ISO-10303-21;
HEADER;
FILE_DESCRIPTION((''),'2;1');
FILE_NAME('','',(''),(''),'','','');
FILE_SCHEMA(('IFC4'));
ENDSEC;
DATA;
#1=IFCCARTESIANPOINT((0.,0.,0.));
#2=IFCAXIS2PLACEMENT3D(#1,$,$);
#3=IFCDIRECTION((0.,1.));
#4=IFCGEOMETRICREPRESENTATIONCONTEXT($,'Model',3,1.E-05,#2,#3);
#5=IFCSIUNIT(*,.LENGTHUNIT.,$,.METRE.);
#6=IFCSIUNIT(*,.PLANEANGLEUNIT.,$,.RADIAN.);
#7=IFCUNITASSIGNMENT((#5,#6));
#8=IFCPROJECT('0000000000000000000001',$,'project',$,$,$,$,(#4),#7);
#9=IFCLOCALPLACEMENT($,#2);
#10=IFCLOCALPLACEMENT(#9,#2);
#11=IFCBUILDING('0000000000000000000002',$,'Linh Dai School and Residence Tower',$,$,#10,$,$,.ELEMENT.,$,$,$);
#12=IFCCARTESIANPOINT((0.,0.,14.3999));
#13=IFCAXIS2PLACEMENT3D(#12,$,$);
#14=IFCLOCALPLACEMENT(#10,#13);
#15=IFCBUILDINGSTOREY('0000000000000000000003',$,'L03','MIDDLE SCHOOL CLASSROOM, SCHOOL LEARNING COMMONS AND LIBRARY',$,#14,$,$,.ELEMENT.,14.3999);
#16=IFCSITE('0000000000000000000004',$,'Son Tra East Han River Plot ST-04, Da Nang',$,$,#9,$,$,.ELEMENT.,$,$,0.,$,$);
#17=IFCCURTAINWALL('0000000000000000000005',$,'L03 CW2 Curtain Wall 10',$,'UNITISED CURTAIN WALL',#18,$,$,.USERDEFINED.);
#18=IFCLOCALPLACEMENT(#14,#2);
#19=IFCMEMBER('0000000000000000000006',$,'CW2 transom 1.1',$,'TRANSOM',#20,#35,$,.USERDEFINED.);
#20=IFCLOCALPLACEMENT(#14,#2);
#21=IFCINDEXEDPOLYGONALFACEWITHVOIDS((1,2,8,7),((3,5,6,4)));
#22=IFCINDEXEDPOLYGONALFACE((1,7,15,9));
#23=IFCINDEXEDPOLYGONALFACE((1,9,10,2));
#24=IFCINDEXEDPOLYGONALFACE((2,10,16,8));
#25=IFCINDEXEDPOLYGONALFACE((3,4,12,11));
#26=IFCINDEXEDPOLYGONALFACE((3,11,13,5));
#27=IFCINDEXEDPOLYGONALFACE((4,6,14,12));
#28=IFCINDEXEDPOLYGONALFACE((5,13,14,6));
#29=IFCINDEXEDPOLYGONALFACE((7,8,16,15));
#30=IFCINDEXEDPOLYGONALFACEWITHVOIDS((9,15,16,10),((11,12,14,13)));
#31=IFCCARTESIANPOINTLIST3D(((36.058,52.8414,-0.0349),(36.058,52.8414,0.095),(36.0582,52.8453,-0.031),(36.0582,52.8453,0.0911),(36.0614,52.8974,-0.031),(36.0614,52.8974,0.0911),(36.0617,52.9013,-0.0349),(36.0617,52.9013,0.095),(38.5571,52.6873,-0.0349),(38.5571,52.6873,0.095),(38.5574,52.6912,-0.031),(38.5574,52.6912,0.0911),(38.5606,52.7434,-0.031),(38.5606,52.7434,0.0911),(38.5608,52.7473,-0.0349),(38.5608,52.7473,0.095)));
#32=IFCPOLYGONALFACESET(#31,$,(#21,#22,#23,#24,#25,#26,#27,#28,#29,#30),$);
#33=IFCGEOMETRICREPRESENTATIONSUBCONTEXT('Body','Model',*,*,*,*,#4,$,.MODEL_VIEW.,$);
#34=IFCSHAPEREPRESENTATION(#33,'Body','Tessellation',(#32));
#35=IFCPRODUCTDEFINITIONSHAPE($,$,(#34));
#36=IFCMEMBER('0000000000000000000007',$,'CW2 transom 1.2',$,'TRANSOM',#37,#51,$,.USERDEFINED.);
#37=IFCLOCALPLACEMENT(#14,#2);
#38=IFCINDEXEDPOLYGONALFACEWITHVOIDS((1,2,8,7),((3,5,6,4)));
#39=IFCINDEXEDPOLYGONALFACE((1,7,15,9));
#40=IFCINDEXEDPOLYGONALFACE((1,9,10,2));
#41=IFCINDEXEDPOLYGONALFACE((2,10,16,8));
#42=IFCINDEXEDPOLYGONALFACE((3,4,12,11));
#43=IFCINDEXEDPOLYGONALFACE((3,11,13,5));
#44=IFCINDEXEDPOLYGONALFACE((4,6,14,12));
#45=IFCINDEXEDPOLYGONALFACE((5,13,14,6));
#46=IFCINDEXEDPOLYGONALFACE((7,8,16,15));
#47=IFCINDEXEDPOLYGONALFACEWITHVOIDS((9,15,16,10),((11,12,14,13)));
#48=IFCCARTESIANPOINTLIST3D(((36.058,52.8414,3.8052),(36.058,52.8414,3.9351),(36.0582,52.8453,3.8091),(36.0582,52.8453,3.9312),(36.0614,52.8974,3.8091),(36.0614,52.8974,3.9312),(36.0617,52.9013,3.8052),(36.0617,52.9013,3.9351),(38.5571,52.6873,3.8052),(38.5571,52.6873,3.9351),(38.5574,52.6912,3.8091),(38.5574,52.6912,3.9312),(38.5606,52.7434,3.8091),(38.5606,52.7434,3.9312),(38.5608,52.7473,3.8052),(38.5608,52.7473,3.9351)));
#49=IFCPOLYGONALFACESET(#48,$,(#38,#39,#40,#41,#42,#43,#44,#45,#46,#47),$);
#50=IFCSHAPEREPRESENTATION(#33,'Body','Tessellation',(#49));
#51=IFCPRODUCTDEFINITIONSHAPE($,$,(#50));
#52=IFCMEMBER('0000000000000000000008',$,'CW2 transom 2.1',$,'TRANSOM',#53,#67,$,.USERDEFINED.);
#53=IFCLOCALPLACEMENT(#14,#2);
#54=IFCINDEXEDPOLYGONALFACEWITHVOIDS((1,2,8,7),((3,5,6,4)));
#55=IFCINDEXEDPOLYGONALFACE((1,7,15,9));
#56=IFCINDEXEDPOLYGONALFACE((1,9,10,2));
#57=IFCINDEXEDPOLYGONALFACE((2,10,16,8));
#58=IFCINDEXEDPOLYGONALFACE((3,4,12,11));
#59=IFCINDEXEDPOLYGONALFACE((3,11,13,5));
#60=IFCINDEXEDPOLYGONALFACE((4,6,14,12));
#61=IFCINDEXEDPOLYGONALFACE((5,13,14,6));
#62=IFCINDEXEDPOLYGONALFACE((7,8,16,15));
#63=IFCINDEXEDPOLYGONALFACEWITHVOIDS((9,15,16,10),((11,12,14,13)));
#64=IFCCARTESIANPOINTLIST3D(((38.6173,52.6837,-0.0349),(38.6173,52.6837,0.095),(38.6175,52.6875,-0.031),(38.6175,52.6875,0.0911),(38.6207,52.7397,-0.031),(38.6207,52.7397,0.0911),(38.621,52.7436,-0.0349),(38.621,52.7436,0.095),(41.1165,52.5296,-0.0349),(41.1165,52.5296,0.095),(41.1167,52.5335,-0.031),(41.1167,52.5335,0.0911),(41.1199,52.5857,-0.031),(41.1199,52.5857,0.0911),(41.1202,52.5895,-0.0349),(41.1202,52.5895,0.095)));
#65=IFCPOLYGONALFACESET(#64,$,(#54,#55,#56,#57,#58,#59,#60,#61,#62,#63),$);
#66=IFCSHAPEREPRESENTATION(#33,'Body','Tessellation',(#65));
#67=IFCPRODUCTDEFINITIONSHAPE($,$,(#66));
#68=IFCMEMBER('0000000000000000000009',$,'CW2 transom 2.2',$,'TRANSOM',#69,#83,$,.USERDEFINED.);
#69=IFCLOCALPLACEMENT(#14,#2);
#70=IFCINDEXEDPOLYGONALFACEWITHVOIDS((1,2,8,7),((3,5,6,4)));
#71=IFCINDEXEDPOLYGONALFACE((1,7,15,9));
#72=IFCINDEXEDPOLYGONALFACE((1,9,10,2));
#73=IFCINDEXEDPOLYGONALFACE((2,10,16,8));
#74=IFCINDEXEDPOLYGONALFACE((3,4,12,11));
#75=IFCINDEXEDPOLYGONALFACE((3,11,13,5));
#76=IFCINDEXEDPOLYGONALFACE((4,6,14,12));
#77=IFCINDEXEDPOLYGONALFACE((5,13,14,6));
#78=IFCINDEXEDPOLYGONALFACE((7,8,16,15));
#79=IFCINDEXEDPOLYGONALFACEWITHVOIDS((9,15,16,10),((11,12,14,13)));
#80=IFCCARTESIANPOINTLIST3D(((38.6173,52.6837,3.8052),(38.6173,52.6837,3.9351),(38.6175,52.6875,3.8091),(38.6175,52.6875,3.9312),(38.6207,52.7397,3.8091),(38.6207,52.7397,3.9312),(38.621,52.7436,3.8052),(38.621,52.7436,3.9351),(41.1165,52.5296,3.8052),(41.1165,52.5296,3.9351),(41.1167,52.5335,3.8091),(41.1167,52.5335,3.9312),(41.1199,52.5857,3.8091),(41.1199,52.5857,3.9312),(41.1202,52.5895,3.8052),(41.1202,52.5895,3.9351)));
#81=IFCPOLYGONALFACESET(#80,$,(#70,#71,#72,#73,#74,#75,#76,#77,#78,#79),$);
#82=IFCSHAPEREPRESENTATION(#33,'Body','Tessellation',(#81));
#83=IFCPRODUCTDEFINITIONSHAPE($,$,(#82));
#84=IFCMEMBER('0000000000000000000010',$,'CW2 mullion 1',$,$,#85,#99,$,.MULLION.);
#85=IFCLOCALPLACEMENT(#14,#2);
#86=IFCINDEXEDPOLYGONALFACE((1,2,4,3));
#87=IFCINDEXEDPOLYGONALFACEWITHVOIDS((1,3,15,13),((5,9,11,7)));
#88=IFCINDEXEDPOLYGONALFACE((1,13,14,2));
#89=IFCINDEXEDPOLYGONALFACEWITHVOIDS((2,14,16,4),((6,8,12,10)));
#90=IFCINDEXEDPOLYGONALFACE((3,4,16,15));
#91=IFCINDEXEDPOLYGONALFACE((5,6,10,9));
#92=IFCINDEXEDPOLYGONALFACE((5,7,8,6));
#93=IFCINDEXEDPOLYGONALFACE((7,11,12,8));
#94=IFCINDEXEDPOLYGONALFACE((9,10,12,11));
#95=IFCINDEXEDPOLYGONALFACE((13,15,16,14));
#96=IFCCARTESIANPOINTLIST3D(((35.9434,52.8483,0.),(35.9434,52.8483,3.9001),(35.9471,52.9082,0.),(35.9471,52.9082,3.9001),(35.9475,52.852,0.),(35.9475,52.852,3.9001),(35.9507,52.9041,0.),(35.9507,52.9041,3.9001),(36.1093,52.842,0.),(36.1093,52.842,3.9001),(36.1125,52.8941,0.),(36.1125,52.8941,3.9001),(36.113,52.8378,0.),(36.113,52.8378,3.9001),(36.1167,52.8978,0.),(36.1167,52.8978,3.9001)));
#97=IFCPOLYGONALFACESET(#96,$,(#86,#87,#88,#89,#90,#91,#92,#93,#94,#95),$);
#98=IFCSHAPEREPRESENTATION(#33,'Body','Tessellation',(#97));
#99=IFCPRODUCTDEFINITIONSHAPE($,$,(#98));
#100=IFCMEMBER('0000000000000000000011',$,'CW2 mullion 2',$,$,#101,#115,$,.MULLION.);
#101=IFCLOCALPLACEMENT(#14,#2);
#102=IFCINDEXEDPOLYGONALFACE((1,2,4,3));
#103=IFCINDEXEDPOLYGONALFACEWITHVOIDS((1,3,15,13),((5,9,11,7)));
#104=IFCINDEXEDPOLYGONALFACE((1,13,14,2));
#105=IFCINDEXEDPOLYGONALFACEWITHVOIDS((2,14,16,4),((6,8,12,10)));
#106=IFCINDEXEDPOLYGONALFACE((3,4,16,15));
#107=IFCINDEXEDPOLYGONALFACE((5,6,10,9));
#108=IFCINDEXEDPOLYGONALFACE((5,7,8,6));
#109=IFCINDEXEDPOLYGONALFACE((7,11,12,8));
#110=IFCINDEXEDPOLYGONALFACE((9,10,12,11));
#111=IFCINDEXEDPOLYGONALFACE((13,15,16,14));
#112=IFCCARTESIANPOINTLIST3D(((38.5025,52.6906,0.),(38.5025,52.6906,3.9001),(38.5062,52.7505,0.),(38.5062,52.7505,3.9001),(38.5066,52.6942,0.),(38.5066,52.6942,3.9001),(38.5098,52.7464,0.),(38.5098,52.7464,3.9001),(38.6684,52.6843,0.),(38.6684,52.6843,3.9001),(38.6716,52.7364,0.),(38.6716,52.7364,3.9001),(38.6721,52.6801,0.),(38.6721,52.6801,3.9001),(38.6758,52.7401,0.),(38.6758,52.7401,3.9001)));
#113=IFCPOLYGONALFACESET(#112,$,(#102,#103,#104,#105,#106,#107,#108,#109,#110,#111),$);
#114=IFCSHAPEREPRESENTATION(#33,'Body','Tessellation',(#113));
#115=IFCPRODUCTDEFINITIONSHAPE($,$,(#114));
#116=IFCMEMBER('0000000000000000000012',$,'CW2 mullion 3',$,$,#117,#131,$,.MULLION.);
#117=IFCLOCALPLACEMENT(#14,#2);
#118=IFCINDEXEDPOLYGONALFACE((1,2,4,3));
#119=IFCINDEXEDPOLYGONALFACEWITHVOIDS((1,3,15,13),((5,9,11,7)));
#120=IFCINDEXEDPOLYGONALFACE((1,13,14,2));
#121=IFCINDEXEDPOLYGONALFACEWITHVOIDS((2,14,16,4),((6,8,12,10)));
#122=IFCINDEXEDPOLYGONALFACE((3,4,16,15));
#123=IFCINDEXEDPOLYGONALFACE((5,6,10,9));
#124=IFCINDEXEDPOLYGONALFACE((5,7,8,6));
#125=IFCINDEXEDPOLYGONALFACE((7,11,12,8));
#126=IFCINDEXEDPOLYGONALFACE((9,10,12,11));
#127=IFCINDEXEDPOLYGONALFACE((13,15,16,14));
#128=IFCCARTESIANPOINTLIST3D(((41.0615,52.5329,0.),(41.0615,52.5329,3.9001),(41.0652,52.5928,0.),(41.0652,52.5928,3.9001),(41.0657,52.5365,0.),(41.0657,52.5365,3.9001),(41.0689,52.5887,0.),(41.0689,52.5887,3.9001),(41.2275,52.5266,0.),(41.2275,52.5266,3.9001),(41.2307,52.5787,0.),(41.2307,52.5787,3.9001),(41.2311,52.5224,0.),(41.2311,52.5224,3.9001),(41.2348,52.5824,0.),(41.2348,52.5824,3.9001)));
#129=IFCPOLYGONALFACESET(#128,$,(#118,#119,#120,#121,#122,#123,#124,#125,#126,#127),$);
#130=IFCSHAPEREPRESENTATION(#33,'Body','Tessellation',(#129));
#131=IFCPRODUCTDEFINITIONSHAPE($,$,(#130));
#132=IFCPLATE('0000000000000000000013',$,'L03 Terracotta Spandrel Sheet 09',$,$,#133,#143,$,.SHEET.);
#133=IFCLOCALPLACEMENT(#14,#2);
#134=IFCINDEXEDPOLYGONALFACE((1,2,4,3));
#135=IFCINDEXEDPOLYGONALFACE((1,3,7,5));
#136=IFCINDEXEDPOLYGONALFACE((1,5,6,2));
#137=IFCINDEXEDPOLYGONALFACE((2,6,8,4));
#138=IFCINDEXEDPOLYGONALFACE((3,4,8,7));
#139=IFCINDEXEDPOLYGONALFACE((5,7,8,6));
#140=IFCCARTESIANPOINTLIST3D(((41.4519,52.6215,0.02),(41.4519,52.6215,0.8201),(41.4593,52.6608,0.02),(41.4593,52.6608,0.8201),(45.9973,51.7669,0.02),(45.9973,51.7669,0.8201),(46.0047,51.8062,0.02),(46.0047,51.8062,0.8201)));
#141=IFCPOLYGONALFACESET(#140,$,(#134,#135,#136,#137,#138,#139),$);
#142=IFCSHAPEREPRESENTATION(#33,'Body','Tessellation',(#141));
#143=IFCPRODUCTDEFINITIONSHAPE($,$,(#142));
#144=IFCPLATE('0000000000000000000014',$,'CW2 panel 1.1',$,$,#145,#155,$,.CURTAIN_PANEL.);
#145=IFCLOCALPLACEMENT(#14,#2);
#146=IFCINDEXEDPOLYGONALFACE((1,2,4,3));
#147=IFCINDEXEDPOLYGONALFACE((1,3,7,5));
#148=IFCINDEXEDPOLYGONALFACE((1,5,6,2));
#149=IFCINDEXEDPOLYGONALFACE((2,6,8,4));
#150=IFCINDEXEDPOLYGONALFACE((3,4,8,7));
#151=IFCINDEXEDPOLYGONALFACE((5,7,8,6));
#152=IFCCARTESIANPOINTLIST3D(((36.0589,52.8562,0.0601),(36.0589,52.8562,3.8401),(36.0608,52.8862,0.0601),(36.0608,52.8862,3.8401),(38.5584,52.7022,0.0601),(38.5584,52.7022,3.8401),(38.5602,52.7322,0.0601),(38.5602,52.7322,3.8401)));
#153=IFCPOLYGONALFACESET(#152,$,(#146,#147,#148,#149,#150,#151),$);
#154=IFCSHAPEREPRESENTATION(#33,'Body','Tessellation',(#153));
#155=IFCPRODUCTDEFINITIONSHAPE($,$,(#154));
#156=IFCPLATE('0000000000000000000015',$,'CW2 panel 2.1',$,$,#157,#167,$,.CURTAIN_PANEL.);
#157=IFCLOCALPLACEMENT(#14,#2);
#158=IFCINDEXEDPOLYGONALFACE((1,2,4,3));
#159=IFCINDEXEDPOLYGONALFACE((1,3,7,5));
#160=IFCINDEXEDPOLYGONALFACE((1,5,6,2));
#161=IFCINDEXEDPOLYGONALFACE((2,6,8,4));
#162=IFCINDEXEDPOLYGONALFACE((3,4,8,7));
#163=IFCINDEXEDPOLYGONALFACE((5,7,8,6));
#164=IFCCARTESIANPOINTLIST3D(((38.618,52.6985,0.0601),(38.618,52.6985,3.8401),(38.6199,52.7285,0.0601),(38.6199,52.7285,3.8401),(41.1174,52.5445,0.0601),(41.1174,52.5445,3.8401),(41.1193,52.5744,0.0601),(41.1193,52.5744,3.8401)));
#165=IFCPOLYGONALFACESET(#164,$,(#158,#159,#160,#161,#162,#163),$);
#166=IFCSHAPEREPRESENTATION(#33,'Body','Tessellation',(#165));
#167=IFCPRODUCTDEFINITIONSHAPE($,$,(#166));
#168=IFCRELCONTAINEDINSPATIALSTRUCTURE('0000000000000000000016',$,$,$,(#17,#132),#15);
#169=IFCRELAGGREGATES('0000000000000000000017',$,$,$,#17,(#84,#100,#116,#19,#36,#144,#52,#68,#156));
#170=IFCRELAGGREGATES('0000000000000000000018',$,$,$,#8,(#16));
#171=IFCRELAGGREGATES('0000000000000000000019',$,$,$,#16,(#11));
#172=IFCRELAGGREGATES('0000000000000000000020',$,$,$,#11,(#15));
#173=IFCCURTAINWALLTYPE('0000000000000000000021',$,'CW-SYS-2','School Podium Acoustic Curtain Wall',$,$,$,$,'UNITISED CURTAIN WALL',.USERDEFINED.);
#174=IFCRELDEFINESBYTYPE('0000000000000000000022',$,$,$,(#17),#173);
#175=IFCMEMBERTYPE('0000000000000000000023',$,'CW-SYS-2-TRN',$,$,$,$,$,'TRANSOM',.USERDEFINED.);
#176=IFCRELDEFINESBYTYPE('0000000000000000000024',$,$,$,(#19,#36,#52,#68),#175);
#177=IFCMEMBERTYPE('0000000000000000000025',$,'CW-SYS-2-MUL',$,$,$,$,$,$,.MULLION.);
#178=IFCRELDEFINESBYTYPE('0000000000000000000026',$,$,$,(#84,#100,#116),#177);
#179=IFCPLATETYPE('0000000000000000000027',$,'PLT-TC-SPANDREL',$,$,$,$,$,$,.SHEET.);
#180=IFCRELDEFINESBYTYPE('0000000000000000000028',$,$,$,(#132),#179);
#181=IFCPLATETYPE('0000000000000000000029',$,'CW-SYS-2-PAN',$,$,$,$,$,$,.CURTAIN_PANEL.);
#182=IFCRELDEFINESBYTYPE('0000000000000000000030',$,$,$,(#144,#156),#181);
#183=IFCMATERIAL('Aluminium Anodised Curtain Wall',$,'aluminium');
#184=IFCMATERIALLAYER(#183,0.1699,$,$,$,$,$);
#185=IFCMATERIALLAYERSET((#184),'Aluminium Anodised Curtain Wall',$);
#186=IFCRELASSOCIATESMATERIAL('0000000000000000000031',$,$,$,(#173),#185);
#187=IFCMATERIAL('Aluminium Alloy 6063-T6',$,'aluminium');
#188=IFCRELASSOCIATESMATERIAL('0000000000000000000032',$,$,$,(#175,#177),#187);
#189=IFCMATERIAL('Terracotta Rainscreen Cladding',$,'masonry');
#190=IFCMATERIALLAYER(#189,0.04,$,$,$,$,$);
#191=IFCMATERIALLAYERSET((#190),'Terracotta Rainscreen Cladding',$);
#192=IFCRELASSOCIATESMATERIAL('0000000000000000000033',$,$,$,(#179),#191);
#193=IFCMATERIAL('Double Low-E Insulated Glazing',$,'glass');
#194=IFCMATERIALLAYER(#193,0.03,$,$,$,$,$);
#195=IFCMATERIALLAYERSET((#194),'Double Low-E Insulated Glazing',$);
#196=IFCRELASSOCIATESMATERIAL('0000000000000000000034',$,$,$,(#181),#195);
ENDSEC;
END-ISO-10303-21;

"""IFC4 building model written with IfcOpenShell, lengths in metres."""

from ifc_helpers import new_model, si_unit, direction, frame, origin, origin_2d, place, context, subcontext, project, spatial, rectangle, hollow_rectangle, extrude, source, transform, mapped, material, layer, layer_set, material_profile, profile_set, type_object, element, aggregate, save


model = new_model("IFC4")

# Units and contexts
model_context = context("Model", 3, precision=1e-05, world=origin(), true_north=direction((0.0, 1.0)))
body_context = subcontext(model_context, "Body", "Model", "MODEL_VIEW")
ifc_project = project(units=[si_unit("LENGTHUNIT", "METRE"), si_unit("PLANEANGLEUNIT", "RADIAN")], contexts=[model_context])

# Site, building, storey
site_placement = place(None, origin())
site = spatial("IfcSite", under=ifc_project, at=site_placement, Name="Son Tra East Han River Plot ST-04, Da Nang", CompositionType="ELEMENT", RefElevation=0.0)
building_placement = place(site_placement, origin())
building = spatial("IfcBuilding", under=site, at=building_placement, Name="Linh Dai School and Residence Tower", CompositionType="ELEMENT")
storey_placement = place(building_placement, frame((0.0, 0.0, 14.3999)))
storey = spatial("IfcBuildingStorey", under=building, at=storey_placement, Name="L03", Description="MIDDLE SCHOOL CLASSROOM, SCHOOL LEARNING COMMONS AND LIBRARY", CompositionType="ELEMENT", Elevation=14.3999)

# Curtain wall, members
ifc_material_1 = material(Name="Aluminium Anodised Curtain Wall", Category="aluminium")
ifc_layer_1 = layer(ifc_material_1, 0.1699)
ifc_layer_set_1 = layer_set([ifc_layer_1], Name="Aluminium Anodised Curtain Wall")
curtain_wall_type = type_object("IfcCurtainWallType", Name="CW-SYS-2", Description="School Podium Acoustic Curtain Wall", ElementType="UNITISED CURTAIN WALL", PredefinedType="USERDEFINED", material=ifc_layer_set_1)
curtain_wall_placement = place(storey_placement, origin())
curtain_wall = element("IfcCurtainWall", 1, at=curtain_wall_placement, inside=storey, type_object=curtain_wall_type, Name="L03 CW2 Curtain Wall 10", ObjectType="UNITISED CURTAIN WALL", PredefinedType="USERDEFINED")
ifc_material_2 = material(Name="Aluminium Alloy 6063-T6", Category="aluminium")
ifc_material_profile_1 = material_profile(ifc_material_2, hollow_rectangle(XDim=0.0601, YDim=0.1299, WallThickness=0.0039, at=origin_2d()), Name="RHS 130x60x4")
ifc_profile_set_1 = profile_set([ifc_material_profile_1], Name="Aluminium Alloy 6063-T6")
member_type_1 = type_object("IfcMemberType", Name="CW-SYS-2-TRN", ElementType="TRANSOM", PredefinedType="USERDEFINED", material=ifc_profile_set_1)
shared_shape_1 = source(origin(), body_context, "Body", "SweptSolid", [
    extrude(hollow_rectangle(XDim=0.0601, YDim=0.1299, WallThickness=0.0039, at=origin_2d()), origin(), (0.0, 0.0, 1.0), 2.5039),
])
member_1_placement = place(storey_placement, frame((36.0598, 52.8713, 0.03), z_axis=(0.998106, -0.061522, 0.0), x_axis=(0.061522, 0.998106, 0.0)))
member_1 = element("IfcMember", 2, at=member_1_placement, type_object=member_type_1, Name="CW2 transom 1.1", ObjectType="TRANSOM", PredefinedType="USERDEFINED", context=body_context, shape_type="MappedRepresentation", body=[
    mapped(shared_shape_1, transform((0.0, 0.0, 0.0), x_axis=(1.0, 0.0, 0.0), y_axis=(0.0, 1.0, 0.0), z_axis=(0.0, 0.0, 1.0), scale=1.0)),
])
member_2_placement = place(storey_placement, frame((36.0598, 52.8713, 3.8701), z_axis=(0.998106, -0.061522, 0.0), x_axis=(0.061522, 0.998106, 0.0)))
member_2 = element("IfcMember", 3, at=member_2_placement, type_object=member_type_1, Name="CW2 transom 1.2", ObjectType="TRANSOM", PredefinedType="USERDEFINED", context=body_context, shape_type="MappedRepresentation", body=[
    mapped(shared_shape_1, transform((0.0, 0.0, 0.0), x_axis=(1.0, 0.0, 0.0), y_axis=(0.0, 1.0, 0.0), z_axis=(0.0, 0.0, 1.0), scale=1.0)),
])
member_3_placement = place(storey_placement, frame((38.6191, 52.7136, 0.03), z_axis=(0.998106, -0.061522, 0.0), x_axis=(0.061522, 0.998106, 0.0)))
member_3 = element("IfcMember", 4, at=member_3_placement, type_object=member_type_1, Name="CW2 transom 2.1", ObjectType="TRANSOM", PredefinedType="USERDEFINED", context=body_context, shape_type="MappedRepresentation", body=[
    mapped(shared_shape_1, transform((0.0, 0.0, 0.0), x_axis=(1.0, 0.0, 0.0), y_axis=(0.0, 1.0, 0.0), z_axis=(0.0, 0.0, 1.0), scale=1.0)),
])
member_4_placement = place(storey_placement, frame((38.6191, 52.7136, 3.8701), z_axis=(0.998106, -0.061522, 0.0), x_axis=(0.061522, 0.998106, 0.0)))
member_4 = element("IfcMember", 5, at=member_4_placement, type_object=member_type_1, Name="CW2 transom 2.2", ObjectType="TRANSOM", PredefinedType="USERDEFINED", context=body_context, shape_type="MappedRepresentation", body=[
    mapped(shared_shape_1, transform((0.0, 0.0, 0.0), x_axis=(1.0, 0.0, 0.0), y_axis=(0.0, 1.0, 0.0), z_axis=(0.0, 0.0, 1.0), scale=1.0)),
])
ifc_material_profile_2 = material_profile(ifc_material_2, hollow_rectangle(XDim=0.0601, YDim=0.1699, WallThickness=0.0039, at=origin_2d()), Name="RHS 170x60x4")
ifc_profile_set_2 = profile_set([ifc_material_profile_2], Name="Aluminium Alloy 6063-T6")
member_type_2 = type_object("IfcMemberType", Name="CW-SYS-2-MUL", PredefinedType="MULLION", material=ifc_profile_set_2)
shared_shape_2 = source(origin(), body_context, "Body", "SweptSolid", [
    extrude(hollow_rectangle(XDim=0.0601, YDim=0.1699, WallThickness=0.0039, at=origin_2d()), origin(), (0.0, 0.0, 1.0), 3.9001),
])
member_5_placement = place(storey_placement, frame((36.03, 52.873, 0.0), z_axis=(0.0, 0.0, 1.0), x_axis=(0.061516, 0.998106, 0.0)))
member_5 = element("IfcMember", 6, at=member_5_placement, type_object=member_type_2, Name="CW2 mullion 1", PredefinedType="MULLION", context=body_context, shape_type="MappedRepresentation", body=[
    mapped(shared_shape_2, transform((0.0, 0.0, 0.0), x_axis=(1.0, 0.0, 0.0), y_axis=(0.0, 1.0, 0.0), z_axis=(0.0, 0.0, 1.0), scale=1.0)),
])
member_6_placement = place(storey_placement, frame((38.5891, 52.7153, 0.0), z_axis=(0.0, 0.0, 1.0), x_axis=(0.061516, 0.998106, 0.0)))
member_6 = element("IfcMember", 7, at=member_6_placement, type_object=member_type_2, Name="CW2 mullion 2", PredefinedType="MULLION", context=body_context, shape_type="MappedRepresentation", body=[
    mapped(shared_shape_2, transform((0.0, 0.0, 0.0), x_axis=(1.0, 0.0, 0.0), y_axis=(0.0, 1.0, 0.0), z_axis=(0.0, 0.0, 1.0), scale=1.0)),
])
member_7_placement = place(storey_placement, frame((41.1482, 52.5576, 0.0), z_axis=(0.0, 0.0, 1.0), x_axis=(0.061516, 0.998106, 0.0)))
member_7 = element("IfcMember", 8, at=member_7_placement, type_object=member_type_2, Name="CW2 mullion 3", PredefinedType="MULLION", context=body_context, shape_type="MappedRepresentation", body=[
    mapped(shared_shape_2, transform((0.0, 0.0, 0.0), x_axis=(1.0, 0.0, 0.0), y_axis=(0.0, 1.0, 0.0), z_axis=(0.0, 0.0, 1.0), scale=1.0)),
])

# Plates
ifc_material_3 = material(Name="Terracotta Rainscreen Cladding", Category="masonry")
ifc_layer_2 = layer(ifc_material_3, 0.04)
ifc_layer_set_2 = layer_set([ifc_layer_2], Name="Terracotta Rainscreen Cladding")
plate_type_1 = type_object("IfcPlateType", Name="PLT-TC-SPANDREL", PredefinedType="SHEET", material=ifc_layer_set_2)
shared_shape_3 = source(origin(), body_context, "Body", "SweptSolid", [
    extrude(rectangle(XDim=4.625, YDim=0.04, at=origin_2d()), origin(), (0.0, 0.0, 1.0), 0.8),
])
plate_1_placement = place(storey_placement, frame((43.7283, 52.2139, 0.02), z_axis=(0.0, 0.0, 1.0), x_axis=(0.982781, -0.184775, 0.0)))
element("IfcPlate", 9, at=plate_1_placement, inside=storey, type_object=plate_type_1, Name="L03 Terracotta Spandrel Sheet 09", PredefinedType="SHEET", context=body_context, shape_type="MappedRepresentation", body=[
    mapped(shared_shape_3, transform((0.0, 0.0, 0.0), x_axis=(1.0, 0.0, 0.0), y_axis=(0.0, 1.0, 0.0), z_axis=(0.0, 0.0, 1.0), scale=1.0)),
])
ifc_material_4 = material(Name="Double Low-E Insulated Glazing", Category="glass")
ifc_layer_3 = layer(ifc_material_4, 0.03)
ifc_layer_set_3 = layer_set([ifc_layer_3], Name="Double Low-E Insulated Glazing")
plate_type_2 = type_object("IfcPlateType", Name="CW-SYS-2-PAN", PredefinedType="CURTAIN_PANEL", material=ifc_layer_set_3)
shared_shape_4 = source(origin(), body_context, "Body", "SweptSolid", [
    extrude(rectangle(XDim=2.5042, YDim=0.03, at=origin_2d()), origin(), (0.0, 0.0, 1.0), 3.78),
])
plate_2_placement = place(storey_placement, frame((37.3096, 52.7942, 0.0601), z_axis=(0.0, 0.0, 1.0), x_axis=(0.998106, -0.061516, 0.0)))
plate_2 = element("IfcPlate", 10, at=plate_2_placement, type_object=plate_type_2, Name="CW2 panel 1.1", PredefinedType="CURTAIN_PANEL", context=body_context, shape_type="MappedRepresentation", body=[
    mapped(shared_shape_4, transform((0.0, 0.0, 0.0), x_axis=(1.0, 0.0, 0.0), y_axis=(0.0, 1.0, 0.0), z_axis=(0.0, 0.0, 1.0), scale=1.0)),
])
plate_3_placement = place(storey_placement, frame((39.8687, 52.6365, 0.0601), z_axis=(0.0, 0.0, 1.0), x_axis=(0.998106, -0.061516, 0.0)))
plate_3 = element("IfcPlate", 11, at=plate_3_placement, type_object=plate_type_2, Name="CW2 panel 2.1", PredefinedType="CURTAIN_PANEL", context=body_context, shape_type="MappedRepresentation", body=[
    mapped(shared_shape_4, transform((0.0, 0.0, 0.0), x_axis=(1.0, 0.0, 0.0), y_axis=(0.0, 1.0, 0.0), z_axis=(0.0, 0.0, 1.0), scale=1.0)),
])
aggregate(curtain_wall, [member_5, member_6, member_7, member_1, member_2, plate_2, member_3, member_4, plate_3])

save(model, "model.ifc")
